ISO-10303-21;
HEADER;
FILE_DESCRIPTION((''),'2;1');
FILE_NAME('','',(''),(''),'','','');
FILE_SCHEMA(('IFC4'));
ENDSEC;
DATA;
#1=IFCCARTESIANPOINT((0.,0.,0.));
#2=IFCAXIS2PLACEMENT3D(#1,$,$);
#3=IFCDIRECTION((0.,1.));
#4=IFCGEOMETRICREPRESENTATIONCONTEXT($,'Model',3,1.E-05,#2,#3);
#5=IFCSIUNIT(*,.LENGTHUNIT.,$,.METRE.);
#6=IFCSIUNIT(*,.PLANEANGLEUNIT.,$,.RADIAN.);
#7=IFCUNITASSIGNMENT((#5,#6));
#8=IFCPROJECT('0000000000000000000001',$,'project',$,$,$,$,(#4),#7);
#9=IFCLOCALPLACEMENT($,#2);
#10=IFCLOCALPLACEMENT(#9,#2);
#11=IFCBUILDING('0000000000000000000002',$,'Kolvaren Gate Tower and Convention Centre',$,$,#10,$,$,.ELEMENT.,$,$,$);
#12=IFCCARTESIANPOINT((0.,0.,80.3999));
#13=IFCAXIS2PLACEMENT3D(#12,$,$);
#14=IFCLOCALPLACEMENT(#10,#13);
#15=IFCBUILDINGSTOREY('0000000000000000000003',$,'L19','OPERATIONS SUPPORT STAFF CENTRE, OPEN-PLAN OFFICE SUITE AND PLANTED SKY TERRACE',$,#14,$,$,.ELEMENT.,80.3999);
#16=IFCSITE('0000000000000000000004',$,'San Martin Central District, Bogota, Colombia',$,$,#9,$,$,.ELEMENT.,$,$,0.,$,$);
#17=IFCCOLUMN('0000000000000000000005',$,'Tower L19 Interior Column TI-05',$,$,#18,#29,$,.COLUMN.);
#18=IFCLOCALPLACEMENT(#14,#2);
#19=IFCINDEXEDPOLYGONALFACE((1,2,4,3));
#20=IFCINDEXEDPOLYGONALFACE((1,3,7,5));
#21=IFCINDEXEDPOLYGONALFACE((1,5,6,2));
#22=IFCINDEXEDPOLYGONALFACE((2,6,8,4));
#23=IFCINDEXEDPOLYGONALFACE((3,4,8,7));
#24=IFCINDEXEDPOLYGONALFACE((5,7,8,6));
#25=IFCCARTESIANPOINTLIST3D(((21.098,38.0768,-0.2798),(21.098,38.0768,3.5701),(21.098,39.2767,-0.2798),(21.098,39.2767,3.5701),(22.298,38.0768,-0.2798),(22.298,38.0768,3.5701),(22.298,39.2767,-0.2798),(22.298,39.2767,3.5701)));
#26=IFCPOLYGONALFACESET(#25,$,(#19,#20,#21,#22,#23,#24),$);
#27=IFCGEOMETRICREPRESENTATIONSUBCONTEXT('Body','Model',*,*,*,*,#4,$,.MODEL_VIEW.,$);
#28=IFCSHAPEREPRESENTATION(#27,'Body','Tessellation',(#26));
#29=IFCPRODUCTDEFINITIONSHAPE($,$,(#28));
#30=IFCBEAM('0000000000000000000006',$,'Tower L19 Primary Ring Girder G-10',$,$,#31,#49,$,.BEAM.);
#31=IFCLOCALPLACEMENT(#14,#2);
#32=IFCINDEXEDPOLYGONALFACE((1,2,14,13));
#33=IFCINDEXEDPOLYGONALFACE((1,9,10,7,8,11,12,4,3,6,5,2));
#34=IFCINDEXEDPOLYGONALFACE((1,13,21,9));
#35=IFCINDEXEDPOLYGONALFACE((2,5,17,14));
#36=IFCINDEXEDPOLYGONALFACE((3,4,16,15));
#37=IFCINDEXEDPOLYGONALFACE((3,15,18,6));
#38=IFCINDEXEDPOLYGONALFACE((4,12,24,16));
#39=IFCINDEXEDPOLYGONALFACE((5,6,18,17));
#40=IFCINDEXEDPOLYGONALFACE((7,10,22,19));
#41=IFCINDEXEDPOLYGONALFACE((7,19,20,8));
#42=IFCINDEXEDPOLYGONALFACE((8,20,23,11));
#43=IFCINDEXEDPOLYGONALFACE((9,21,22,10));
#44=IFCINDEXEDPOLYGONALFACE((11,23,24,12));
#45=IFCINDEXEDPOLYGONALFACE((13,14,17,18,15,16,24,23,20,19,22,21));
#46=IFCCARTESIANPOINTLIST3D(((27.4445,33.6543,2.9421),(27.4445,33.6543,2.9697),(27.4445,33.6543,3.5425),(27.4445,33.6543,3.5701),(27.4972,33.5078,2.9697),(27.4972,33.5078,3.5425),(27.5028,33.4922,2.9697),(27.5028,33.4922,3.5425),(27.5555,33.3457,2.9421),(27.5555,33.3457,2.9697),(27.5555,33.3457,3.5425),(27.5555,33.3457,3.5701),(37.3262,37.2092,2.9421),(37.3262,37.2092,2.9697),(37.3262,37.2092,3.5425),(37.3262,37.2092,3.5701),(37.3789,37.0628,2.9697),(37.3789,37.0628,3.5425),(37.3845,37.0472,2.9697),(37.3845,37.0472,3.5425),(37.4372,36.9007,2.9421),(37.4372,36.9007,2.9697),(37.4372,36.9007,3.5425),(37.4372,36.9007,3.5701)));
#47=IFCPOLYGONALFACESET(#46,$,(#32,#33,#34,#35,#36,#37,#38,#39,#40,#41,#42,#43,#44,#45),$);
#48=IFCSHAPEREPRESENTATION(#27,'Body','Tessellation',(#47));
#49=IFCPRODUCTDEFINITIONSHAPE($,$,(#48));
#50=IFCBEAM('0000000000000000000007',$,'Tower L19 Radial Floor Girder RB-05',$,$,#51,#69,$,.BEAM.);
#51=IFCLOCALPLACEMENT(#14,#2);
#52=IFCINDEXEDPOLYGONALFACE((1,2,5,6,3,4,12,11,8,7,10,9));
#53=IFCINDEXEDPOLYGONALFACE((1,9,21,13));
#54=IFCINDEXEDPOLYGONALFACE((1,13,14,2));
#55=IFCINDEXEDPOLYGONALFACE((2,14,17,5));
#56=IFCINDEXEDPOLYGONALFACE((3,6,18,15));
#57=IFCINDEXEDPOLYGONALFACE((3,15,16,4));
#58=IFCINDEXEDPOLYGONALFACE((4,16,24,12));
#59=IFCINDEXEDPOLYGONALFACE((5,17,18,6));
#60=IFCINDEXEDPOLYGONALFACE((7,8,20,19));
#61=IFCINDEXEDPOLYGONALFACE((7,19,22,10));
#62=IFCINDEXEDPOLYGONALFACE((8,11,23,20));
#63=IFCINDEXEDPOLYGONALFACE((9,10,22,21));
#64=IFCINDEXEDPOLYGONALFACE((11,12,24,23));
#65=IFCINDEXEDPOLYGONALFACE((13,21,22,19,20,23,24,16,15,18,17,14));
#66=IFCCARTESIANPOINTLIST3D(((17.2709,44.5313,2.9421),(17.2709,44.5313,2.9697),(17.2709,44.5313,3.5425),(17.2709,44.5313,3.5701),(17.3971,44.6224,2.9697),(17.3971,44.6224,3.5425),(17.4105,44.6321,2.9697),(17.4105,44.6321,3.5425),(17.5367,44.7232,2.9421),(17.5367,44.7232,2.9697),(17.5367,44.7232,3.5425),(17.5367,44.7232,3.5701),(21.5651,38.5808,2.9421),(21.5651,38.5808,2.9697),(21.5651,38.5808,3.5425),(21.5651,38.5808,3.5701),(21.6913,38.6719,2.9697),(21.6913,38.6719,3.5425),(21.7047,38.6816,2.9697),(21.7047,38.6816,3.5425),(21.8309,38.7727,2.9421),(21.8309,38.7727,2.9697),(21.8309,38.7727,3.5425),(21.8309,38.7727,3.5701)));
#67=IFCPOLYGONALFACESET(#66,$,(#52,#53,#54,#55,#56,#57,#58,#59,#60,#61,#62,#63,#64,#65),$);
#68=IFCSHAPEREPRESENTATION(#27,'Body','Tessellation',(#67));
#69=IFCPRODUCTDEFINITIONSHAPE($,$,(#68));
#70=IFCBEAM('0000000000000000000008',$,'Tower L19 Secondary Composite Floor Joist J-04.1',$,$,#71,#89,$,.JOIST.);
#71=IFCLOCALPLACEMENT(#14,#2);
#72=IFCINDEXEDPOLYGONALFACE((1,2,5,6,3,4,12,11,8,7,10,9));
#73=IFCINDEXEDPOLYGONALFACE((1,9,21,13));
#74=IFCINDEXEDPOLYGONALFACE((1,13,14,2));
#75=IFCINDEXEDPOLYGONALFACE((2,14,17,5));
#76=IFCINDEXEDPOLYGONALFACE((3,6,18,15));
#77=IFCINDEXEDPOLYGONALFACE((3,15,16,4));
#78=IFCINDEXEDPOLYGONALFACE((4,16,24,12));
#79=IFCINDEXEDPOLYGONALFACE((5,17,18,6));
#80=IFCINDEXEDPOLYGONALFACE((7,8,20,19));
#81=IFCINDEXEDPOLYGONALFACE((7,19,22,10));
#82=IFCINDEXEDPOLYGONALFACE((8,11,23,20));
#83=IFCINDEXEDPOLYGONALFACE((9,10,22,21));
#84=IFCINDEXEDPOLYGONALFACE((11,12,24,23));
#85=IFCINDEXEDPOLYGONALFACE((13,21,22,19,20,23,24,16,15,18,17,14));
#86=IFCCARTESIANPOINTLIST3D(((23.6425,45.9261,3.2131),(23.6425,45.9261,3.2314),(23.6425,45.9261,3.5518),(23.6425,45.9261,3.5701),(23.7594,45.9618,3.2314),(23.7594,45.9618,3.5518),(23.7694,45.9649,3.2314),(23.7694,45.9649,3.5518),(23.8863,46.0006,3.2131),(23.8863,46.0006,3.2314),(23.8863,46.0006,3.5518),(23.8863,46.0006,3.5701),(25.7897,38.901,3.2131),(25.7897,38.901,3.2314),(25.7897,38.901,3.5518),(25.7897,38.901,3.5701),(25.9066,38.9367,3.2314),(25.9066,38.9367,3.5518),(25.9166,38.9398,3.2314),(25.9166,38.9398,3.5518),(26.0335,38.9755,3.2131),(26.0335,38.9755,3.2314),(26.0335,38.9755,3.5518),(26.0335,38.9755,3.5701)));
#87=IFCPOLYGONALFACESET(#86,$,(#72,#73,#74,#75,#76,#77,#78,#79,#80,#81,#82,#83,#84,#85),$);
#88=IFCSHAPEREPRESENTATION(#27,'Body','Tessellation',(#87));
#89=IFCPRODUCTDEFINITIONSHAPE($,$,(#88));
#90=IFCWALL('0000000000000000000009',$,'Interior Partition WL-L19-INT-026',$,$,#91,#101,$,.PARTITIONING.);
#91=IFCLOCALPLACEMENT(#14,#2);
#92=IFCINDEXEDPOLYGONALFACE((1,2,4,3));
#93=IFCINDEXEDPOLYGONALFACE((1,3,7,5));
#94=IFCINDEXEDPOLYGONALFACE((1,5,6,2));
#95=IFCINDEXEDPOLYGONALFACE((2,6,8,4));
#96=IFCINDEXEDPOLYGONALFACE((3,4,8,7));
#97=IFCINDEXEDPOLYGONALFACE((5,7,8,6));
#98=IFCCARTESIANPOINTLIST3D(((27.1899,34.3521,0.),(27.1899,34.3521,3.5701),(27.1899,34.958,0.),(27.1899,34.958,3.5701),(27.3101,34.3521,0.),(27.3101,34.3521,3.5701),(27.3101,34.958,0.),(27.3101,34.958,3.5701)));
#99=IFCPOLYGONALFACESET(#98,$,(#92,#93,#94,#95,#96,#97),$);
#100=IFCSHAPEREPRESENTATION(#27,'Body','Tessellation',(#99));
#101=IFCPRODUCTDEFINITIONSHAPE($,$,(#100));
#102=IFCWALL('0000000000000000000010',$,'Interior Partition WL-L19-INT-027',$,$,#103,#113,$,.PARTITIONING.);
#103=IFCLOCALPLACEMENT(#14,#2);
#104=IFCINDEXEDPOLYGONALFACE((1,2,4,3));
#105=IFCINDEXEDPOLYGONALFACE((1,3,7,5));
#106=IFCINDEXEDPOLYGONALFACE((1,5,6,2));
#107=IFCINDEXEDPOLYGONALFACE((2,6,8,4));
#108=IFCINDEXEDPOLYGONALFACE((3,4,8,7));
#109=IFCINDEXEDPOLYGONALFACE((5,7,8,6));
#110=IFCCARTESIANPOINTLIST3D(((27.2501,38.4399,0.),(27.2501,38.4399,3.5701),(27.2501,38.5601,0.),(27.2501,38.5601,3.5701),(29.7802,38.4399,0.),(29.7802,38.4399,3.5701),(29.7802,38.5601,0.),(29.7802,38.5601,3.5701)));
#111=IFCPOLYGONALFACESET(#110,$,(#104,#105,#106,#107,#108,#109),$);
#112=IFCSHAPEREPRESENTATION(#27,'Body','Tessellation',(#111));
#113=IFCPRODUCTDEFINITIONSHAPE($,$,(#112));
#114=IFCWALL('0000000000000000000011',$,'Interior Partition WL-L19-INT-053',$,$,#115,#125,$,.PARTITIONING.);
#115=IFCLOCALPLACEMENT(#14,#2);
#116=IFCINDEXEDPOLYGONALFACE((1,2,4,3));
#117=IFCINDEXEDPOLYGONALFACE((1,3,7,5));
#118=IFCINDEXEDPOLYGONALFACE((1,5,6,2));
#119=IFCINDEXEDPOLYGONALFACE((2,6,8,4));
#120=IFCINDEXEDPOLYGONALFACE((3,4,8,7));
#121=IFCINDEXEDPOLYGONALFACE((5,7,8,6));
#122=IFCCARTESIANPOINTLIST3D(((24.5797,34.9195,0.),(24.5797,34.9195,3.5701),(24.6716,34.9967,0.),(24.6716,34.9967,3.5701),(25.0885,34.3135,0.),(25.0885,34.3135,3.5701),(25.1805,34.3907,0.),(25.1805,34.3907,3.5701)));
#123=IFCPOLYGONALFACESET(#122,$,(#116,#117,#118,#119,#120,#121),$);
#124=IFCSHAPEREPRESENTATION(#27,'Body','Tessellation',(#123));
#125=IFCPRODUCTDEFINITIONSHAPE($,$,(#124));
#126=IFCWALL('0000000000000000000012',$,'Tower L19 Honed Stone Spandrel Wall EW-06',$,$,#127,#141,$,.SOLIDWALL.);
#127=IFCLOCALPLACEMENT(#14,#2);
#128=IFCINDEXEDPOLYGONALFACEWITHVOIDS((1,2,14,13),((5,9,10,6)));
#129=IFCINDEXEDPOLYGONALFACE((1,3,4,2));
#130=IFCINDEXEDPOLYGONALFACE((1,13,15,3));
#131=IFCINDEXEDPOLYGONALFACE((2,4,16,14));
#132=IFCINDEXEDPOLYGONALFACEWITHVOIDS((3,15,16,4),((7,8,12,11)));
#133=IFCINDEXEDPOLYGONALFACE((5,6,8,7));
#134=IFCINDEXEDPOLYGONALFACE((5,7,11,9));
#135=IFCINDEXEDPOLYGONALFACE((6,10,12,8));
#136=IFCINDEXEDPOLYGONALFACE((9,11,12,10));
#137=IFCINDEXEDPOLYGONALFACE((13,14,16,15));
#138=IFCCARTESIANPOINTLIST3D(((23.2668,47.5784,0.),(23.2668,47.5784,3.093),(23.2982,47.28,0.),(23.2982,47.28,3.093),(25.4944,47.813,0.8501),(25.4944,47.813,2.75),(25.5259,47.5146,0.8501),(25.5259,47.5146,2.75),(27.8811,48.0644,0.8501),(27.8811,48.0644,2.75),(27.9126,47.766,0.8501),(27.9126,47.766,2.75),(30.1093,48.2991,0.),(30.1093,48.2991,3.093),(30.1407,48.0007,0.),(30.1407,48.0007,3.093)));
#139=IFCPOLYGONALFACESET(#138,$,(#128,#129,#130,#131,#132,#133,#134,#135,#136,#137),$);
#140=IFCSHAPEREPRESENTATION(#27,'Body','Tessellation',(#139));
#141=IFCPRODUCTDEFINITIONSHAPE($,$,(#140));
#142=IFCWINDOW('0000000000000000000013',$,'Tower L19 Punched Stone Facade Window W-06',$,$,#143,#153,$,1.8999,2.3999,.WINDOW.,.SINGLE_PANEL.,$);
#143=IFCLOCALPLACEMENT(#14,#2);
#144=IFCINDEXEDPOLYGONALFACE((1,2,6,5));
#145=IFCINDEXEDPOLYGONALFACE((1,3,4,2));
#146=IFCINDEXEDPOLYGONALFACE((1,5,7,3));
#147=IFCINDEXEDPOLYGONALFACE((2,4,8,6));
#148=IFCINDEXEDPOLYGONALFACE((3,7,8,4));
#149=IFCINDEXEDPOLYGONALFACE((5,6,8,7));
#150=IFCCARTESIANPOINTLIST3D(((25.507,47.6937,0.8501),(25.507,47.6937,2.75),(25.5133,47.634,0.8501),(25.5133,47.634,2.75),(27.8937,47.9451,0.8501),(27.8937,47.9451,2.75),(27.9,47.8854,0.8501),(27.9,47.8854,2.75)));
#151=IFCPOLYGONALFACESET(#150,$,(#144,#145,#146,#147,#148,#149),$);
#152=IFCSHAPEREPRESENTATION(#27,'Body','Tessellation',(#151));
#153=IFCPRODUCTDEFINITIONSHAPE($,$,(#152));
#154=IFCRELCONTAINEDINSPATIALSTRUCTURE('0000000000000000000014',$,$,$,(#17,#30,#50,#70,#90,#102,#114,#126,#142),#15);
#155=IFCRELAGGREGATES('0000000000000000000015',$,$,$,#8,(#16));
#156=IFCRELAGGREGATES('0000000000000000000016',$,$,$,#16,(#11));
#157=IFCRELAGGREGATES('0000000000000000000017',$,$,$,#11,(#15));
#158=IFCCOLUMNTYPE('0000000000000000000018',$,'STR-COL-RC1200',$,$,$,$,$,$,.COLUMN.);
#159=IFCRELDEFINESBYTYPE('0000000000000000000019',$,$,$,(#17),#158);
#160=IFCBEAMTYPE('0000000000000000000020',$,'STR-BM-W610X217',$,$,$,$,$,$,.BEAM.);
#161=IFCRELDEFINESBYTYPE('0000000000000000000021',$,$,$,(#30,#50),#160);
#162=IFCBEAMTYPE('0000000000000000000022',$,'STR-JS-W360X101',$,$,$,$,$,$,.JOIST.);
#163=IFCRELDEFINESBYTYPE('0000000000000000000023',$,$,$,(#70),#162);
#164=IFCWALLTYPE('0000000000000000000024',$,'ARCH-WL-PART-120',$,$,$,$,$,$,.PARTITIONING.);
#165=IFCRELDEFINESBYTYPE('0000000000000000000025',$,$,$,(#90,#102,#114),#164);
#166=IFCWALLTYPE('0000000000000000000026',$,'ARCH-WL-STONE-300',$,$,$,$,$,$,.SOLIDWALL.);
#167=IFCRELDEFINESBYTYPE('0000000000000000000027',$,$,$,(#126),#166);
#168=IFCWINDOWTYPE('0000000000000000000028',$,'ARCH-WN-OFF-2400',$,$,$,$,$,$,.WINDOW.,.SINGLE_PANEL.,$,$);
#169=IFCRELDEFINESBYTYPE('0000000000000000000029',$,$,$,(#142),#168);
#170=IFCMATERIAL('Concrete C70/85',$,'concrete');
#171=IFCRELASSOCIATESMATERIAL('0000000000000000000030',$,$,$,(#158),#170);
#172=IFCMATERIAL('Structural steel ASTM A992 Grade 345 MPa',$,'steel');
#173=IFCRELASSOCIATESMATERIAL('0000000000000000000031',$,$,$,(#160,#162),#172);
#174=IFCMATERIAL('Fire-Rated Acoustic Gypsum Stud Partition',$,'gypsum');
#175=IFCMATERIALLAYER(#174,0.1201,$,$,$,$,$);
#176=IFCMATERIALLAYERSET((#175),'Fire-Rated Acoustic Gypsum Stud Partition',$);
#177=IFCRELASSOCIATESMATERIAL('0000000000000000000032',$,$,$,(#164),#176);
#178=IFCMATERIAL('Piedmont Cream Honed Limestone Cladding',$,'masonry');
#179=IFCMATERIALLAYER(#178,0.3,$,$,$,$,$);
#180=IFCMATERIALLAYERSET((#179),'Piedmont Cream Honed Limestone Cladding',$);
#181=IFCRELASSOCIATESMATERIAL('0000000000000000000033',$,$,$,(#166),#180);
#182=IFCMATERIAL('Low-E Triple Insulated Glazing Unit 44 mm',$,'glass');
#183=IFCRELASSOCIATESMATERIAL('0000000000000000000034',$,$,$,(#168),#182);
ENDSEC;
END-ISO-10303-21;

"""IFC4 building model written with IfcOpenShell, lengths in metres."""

from ifc_helpers import new_model, si_unit, direction, frame, frame_2d, origin, origin_2d, place, context, subcontext, project, spatial, rectangle, i_section, extrude, material, layer, layer_set, material_profile, profile_set, type_object, element, fill, save


model = new_model("IFC4")

# Units and contexts
model_context = context("Model", 3, precision=1e-05, world=origin(), true_north=direction((0.0, 1.0)))
body_context = subcontext(model_context, "Body", "Model", "MODEL_VIEW")
ifc_project = project(units=[si_unit("LENGTHUNIT", "METRE"), si_unit("PLANEANGLEUNIT", "RADIAN")], contexts=[model_context])

# Site, building, storey
site_placement = place(None, origin())
site = spatial("IfcSite", under=ifc_project, at=site_placement, Name="San Martin Central District, Bogota, Colombia", CompositionType="ELEMENT", RefElevation=0.0)
building_placement = place(site_placement, origin())
building = spatial("IfcBuilding", under=site, at=building_placement, Name="Kolvaren Gate Tower and Convention Centre", CompositionType="ELEMENT")
storey_placement = place(building_placement, frame((0.0, 0.0, 80.3999)))
storey = spatial("IfcBuildingStorey", under=building, at=storey_placement, Name="L19", Description="OPERATIONS SUPPORT STAFF CENTRE, OPEN-PLAN OFFICE SUITE AND PLANTED SKY TERRACE", CompositionType="ELEMENT", Elevation=80.3999)

# Column
ifc_material_1 = material(Name="Concrete C70/85", Category="concrete")
ifc_material_profile_1 = material_profile(ifc_material_1, rectangle(XDim=1.2, YDim=1.2, at=origin_2d()), Name="RC-COL-1200X1200")
ifc_profile_set_1 = profile_set([ifc_material_profile_1], Name="Concrete C70/85")
column_type = type_object("IfcColumnType", Name="STR-COL-RC1200", PredefinedType="COLUMN", material=ifc_profile_set_1)
column_placement = place(storey_placement, frame((21.698, 38.6768, -0.2798), z_axis=(0.0, 0.0, 1.0), x_axis=(1.0, 0.0, 0.0)))
element("IfcColumn", 1, at=column_placement, inside=storey, type_object=column_type, Name="Tower L19 Interior Column TI-05", PredefinedType="COLUMN", context=body_context, shape_type="SweptSolid", body=[
    extrude(rectangle(XDim=1.2, YDim=1.2, at=origin_2d()), origin(), (0.0, 0.0, 1.0), 3.8499),
])

# Beams
ifc_material_2 = material(Name="Structural steel ASTM A992 Grade 345 MPa", Category="steel")
ifc_material_profile_2 = material_profile(ifc_material_2, i_section(OverallWidth=0.3279, OverallDepth=0.6279, WebThickness=0.0166, FlangeThickness=0.0276, at=origin_2d()), Name="W610X217")
ifc_profile_set_2 = profile_set([ifc_material_profile_2], Name="Structural steel ASTM A992 Grade 345 MPa")
beam_type_1 = type_object("IfcBeamType", Name="STR-BM-W610X217", PredefinedType="BEAM", material=ifc_profile_set_2)
beam_1_placement = place(storey_placement, frame((27.5, 33.5, 3.2561), z_axis=(0.940961, 0.338514, 0.0), x_axis=(-0.338514, 0.940961, 0.0)))
element("IfcBeam", 2, at=beam_1_placement, inside=storey, type_object=beam_type_1, Name="Tower L19 Primary Ring Girder G-10", PredefinedType="BEAM", context=body_context, shape_type="SweptSolid", body=[
    extrude(i_section(OverallWidth=0.3279, OverallDepth=0.6279, WebThickness=0.0166, FlangeThickness=0.0276, at=origin_2d()), origin(), (0.0, 0.0, 1.0), 10.5017),
])
beam_2_placement = place(storey_placement, frame((21.698, 38.6768, 3.2561), z_axis=(-0.58519, 0.810896, 0.0), x_axis=(-0.810896, -0.58519, 0.0)))
element("IfcBeam", 3, at=beam_2_placement, inside=storey, type_object=beam_type_1, Name="Tower L19 Radial Floor Girder RB-05", PredefinedType="BEAM", context=body_context, shape_type="SweptSolid", body=[
    extrude(i_section(OverallWidth=0.3279, OverallDepth=0.6279, WebThickness=0.0166, FlangeThickness=0.0276, at=origin_2d()), origin(), (0.0, 0.0, 1.0), 7.3381),
])
ifc_material_profile_3 = material_profile(ifc_material_2, i_section(OverallWidth=0.2549, OverallDepth=0.3569, WebThickness=0.0105, FlangeThickness=0.0183, at=origin_2d()), Name="W360X101")
ifc_profile_set_3 = profile_set([ifc_material_profile_3], Name="Structural steel ASTM A992 Grade 345 MPa")
beam_type_2 = type_object("IfcBeamType", Name="STR-JS-W360X101", PredefinedType="JOIST", material=ifc_profile_set_3)
beam_3_placement = place(storey_placement, frame((25.9116, 38.9382, 3.3916), z_axis=(-0.292299, 0.956327, 0.0), x_axis=(-0.956327, -0.292299, 0.0)))
element("IfcBeam", 4, at=beam_3_placement, inside=storey, type_object=beam_type_2, Name="Tower L19 Secondary Composite Floor Joist J-04.1", PredefinedType="JOIST", context=body_context, shape_type="SweptSolid", body=[
    extrude(i_section(OverallWidth=0.2549, OverallDepth=0.3569, WebThickness=0.0105, FlangeThickness=0.0183, at=origin_2d()), origin(), (0.0, 0.0, 1.0), 7.3459),
])

# Walls
ifc_material_3 = material(Name="Fire-Rated Acoustic Gypsum Stud Partition", Category="gypsum")
ifc_layer_1 = layer(ifc_material_3, 0.1201)
ifc_layer_set_1 = layer_set([ifc_layer_1], Name="Fire-Rated Acoustic Gypsum Stud Partition")
wall_type_1 = type_object("IfcWallType", Name="ARCH-WL-PART-120", PredefinedType="PARTITIONING", material=ifc_layer_set_1)
wall_1_placement = place(storey_placement, frame((27.25, 34.3521, 0.0), z_axis=(0.0, 0.0, 1.0), x_axis=(0.0, 1.0, 0.0)))
element("IfcWall", 5, at=wall_1_placement, inside=storey, type_object=wall_type_1, Name="Interior Partition WL-L19-INT-026", PredefinedType="PARTITIONING", context=body_context, shape_type="SweptSolid", body=[
    extrude(rectangle(XDim=0.606, YDim=0.1201, at=frame_2d((0.303, 0.0))), origin(), (0.0, 0.0, 1.0), 3.5701),
])
wall_2_placement = place(storey_placement, frame((27.25, 38.5, 0.0), z_axis=(0.0, 0.0, 1.0), x_axis=(1.0, 0.0, 0.0)))
element("IfcWall", 6, at=wall_2_placement, inside=storey, type_object=wall_type_1, Name="Interior Partition WL-L19-INT-027", PredefinedType="PARTITIONING", context=body_context, shape_type="SweptSolid", body=[
    extrude(rectangle(XDim=2.53, YDim=0.1201, at=frame_2d((1.2651, 0.0))), origin(), (0.0, 0.0, 1.0), 3.5701),
])
wall_3_placement = place(storey_placement, frame((24.6257, 34.958, 0.0), z_axis=(0.0, 0.0, 1.0), x_axis=(0.643033, -0.765839, 0.0)))
element("IfcWall", 7, at=wall_3_placement, inside=storey, type_object=wall_type_1, Name="Interior Partition WL-L19-INT-053", PredefinedType="PARTITIONING", context=body_context, shape_type="SweptSolid", body=[
    extrude(rectangle(XDim=0.7913, YDim=0.1201, at=frame_2d((0.3955, 0.0))), origin(), (0.0, 0.0, 1.0), 3.5701),
])

# Wall, opening, window
ifc_material_4 = material(Name="Piedmont Cream Honed Limestone Cladding", Category="masonry")
ifc_layer_2 = layer(ifc_material_4, 0.3)
ifc_layer_set_2 = layer_set([ifc_layer_2], Name="Piedmont Cream Honed Limestone Cladding")
wall_type_2 = type_object("IfcWallType", Name="ARCH-WL-STONE-300", PredefinedType="SOLIDWALL", material=ifc_layer_set_2)
wall_4_placement = place(storey_placement, frame((23.2825, 47.4292, 0.0), z_axis=(0.0, 0.0, 1.0), x_axis=(0.994499, 0.104748, 0.0)))
wall_4 = element("IfcWall", 8, at=wall_4_placement, inside=storey, type_object=wall_type_2, Name="Tower L19 Honed Stone Spandrel Wall EW-06", PredefinedType="SOLIDWALL", context=body_context, shape_type="SweptSolid", body=[
    extrude(rectangle(XDim=6.8804, YDim=0.3, at=frame_2d((3.4402, 0.0))), origin(), (0.0, 0.0, 1.0), 3.093),
])
opening_1_placement = place(wall_4_placement, frame((2.24, 0.0, 0.8501)))
opening_1 = element("IfcOpeningElement", 9, at=opening_1_placement, cuts=wall_4, PredefinedType="OPENING", context=body_context, shape_type="SweptSolid", body=[
    extrude(rectangle(XDim=2.3999, YDim=1.8999, at=frame_2d((1.2, 0.95))), frame((0.0, 0.1599, 0.0), z_axis=(0.0, -1.0, 0.0), x_axis=(1.0, 0.0, 0.0)), (0.0, 0.0, 1.0), 0.3201),
])
ifc_material_5 = material(Name="Low-E Triple Insulated Glazing Unit 44 mm", Category="glass")
window_type = type_object("IfcWindowType", Name="ARCH-WN-OFF-2400", PartitioningType="SINGLE_PANEL", PredefinedType="WINDOW", material=ifc_material_5)
window_placement = place(opening_1_placement, origin())
window = element("IfcWindow", 10, at=window_placement, inside=storey, type_object=window_type, Name="Tower L19 Punched Stone Facade Window W-06", OverallHeight=1.8999, OverallWidth=2.3999, PartitioningType="SINGLE_PANEL", PredefinedType="WINDOW", context=body_context, shape_type="SweptSolid", body=[
    extrude(rectangle(XDim=2.3999, YDim=1.8999, at=frame_2d((1.2, 0.95))), frame((0.0, 0.03, 0.0), z_axis=(0.0, -1.0, 0.0), x_axis=(1.0, 0.0, 0.0)), (0.0, 0.0, 1.0), 0.0601),
])
fill(opening_1, window)

save(model, "model.ifc")
